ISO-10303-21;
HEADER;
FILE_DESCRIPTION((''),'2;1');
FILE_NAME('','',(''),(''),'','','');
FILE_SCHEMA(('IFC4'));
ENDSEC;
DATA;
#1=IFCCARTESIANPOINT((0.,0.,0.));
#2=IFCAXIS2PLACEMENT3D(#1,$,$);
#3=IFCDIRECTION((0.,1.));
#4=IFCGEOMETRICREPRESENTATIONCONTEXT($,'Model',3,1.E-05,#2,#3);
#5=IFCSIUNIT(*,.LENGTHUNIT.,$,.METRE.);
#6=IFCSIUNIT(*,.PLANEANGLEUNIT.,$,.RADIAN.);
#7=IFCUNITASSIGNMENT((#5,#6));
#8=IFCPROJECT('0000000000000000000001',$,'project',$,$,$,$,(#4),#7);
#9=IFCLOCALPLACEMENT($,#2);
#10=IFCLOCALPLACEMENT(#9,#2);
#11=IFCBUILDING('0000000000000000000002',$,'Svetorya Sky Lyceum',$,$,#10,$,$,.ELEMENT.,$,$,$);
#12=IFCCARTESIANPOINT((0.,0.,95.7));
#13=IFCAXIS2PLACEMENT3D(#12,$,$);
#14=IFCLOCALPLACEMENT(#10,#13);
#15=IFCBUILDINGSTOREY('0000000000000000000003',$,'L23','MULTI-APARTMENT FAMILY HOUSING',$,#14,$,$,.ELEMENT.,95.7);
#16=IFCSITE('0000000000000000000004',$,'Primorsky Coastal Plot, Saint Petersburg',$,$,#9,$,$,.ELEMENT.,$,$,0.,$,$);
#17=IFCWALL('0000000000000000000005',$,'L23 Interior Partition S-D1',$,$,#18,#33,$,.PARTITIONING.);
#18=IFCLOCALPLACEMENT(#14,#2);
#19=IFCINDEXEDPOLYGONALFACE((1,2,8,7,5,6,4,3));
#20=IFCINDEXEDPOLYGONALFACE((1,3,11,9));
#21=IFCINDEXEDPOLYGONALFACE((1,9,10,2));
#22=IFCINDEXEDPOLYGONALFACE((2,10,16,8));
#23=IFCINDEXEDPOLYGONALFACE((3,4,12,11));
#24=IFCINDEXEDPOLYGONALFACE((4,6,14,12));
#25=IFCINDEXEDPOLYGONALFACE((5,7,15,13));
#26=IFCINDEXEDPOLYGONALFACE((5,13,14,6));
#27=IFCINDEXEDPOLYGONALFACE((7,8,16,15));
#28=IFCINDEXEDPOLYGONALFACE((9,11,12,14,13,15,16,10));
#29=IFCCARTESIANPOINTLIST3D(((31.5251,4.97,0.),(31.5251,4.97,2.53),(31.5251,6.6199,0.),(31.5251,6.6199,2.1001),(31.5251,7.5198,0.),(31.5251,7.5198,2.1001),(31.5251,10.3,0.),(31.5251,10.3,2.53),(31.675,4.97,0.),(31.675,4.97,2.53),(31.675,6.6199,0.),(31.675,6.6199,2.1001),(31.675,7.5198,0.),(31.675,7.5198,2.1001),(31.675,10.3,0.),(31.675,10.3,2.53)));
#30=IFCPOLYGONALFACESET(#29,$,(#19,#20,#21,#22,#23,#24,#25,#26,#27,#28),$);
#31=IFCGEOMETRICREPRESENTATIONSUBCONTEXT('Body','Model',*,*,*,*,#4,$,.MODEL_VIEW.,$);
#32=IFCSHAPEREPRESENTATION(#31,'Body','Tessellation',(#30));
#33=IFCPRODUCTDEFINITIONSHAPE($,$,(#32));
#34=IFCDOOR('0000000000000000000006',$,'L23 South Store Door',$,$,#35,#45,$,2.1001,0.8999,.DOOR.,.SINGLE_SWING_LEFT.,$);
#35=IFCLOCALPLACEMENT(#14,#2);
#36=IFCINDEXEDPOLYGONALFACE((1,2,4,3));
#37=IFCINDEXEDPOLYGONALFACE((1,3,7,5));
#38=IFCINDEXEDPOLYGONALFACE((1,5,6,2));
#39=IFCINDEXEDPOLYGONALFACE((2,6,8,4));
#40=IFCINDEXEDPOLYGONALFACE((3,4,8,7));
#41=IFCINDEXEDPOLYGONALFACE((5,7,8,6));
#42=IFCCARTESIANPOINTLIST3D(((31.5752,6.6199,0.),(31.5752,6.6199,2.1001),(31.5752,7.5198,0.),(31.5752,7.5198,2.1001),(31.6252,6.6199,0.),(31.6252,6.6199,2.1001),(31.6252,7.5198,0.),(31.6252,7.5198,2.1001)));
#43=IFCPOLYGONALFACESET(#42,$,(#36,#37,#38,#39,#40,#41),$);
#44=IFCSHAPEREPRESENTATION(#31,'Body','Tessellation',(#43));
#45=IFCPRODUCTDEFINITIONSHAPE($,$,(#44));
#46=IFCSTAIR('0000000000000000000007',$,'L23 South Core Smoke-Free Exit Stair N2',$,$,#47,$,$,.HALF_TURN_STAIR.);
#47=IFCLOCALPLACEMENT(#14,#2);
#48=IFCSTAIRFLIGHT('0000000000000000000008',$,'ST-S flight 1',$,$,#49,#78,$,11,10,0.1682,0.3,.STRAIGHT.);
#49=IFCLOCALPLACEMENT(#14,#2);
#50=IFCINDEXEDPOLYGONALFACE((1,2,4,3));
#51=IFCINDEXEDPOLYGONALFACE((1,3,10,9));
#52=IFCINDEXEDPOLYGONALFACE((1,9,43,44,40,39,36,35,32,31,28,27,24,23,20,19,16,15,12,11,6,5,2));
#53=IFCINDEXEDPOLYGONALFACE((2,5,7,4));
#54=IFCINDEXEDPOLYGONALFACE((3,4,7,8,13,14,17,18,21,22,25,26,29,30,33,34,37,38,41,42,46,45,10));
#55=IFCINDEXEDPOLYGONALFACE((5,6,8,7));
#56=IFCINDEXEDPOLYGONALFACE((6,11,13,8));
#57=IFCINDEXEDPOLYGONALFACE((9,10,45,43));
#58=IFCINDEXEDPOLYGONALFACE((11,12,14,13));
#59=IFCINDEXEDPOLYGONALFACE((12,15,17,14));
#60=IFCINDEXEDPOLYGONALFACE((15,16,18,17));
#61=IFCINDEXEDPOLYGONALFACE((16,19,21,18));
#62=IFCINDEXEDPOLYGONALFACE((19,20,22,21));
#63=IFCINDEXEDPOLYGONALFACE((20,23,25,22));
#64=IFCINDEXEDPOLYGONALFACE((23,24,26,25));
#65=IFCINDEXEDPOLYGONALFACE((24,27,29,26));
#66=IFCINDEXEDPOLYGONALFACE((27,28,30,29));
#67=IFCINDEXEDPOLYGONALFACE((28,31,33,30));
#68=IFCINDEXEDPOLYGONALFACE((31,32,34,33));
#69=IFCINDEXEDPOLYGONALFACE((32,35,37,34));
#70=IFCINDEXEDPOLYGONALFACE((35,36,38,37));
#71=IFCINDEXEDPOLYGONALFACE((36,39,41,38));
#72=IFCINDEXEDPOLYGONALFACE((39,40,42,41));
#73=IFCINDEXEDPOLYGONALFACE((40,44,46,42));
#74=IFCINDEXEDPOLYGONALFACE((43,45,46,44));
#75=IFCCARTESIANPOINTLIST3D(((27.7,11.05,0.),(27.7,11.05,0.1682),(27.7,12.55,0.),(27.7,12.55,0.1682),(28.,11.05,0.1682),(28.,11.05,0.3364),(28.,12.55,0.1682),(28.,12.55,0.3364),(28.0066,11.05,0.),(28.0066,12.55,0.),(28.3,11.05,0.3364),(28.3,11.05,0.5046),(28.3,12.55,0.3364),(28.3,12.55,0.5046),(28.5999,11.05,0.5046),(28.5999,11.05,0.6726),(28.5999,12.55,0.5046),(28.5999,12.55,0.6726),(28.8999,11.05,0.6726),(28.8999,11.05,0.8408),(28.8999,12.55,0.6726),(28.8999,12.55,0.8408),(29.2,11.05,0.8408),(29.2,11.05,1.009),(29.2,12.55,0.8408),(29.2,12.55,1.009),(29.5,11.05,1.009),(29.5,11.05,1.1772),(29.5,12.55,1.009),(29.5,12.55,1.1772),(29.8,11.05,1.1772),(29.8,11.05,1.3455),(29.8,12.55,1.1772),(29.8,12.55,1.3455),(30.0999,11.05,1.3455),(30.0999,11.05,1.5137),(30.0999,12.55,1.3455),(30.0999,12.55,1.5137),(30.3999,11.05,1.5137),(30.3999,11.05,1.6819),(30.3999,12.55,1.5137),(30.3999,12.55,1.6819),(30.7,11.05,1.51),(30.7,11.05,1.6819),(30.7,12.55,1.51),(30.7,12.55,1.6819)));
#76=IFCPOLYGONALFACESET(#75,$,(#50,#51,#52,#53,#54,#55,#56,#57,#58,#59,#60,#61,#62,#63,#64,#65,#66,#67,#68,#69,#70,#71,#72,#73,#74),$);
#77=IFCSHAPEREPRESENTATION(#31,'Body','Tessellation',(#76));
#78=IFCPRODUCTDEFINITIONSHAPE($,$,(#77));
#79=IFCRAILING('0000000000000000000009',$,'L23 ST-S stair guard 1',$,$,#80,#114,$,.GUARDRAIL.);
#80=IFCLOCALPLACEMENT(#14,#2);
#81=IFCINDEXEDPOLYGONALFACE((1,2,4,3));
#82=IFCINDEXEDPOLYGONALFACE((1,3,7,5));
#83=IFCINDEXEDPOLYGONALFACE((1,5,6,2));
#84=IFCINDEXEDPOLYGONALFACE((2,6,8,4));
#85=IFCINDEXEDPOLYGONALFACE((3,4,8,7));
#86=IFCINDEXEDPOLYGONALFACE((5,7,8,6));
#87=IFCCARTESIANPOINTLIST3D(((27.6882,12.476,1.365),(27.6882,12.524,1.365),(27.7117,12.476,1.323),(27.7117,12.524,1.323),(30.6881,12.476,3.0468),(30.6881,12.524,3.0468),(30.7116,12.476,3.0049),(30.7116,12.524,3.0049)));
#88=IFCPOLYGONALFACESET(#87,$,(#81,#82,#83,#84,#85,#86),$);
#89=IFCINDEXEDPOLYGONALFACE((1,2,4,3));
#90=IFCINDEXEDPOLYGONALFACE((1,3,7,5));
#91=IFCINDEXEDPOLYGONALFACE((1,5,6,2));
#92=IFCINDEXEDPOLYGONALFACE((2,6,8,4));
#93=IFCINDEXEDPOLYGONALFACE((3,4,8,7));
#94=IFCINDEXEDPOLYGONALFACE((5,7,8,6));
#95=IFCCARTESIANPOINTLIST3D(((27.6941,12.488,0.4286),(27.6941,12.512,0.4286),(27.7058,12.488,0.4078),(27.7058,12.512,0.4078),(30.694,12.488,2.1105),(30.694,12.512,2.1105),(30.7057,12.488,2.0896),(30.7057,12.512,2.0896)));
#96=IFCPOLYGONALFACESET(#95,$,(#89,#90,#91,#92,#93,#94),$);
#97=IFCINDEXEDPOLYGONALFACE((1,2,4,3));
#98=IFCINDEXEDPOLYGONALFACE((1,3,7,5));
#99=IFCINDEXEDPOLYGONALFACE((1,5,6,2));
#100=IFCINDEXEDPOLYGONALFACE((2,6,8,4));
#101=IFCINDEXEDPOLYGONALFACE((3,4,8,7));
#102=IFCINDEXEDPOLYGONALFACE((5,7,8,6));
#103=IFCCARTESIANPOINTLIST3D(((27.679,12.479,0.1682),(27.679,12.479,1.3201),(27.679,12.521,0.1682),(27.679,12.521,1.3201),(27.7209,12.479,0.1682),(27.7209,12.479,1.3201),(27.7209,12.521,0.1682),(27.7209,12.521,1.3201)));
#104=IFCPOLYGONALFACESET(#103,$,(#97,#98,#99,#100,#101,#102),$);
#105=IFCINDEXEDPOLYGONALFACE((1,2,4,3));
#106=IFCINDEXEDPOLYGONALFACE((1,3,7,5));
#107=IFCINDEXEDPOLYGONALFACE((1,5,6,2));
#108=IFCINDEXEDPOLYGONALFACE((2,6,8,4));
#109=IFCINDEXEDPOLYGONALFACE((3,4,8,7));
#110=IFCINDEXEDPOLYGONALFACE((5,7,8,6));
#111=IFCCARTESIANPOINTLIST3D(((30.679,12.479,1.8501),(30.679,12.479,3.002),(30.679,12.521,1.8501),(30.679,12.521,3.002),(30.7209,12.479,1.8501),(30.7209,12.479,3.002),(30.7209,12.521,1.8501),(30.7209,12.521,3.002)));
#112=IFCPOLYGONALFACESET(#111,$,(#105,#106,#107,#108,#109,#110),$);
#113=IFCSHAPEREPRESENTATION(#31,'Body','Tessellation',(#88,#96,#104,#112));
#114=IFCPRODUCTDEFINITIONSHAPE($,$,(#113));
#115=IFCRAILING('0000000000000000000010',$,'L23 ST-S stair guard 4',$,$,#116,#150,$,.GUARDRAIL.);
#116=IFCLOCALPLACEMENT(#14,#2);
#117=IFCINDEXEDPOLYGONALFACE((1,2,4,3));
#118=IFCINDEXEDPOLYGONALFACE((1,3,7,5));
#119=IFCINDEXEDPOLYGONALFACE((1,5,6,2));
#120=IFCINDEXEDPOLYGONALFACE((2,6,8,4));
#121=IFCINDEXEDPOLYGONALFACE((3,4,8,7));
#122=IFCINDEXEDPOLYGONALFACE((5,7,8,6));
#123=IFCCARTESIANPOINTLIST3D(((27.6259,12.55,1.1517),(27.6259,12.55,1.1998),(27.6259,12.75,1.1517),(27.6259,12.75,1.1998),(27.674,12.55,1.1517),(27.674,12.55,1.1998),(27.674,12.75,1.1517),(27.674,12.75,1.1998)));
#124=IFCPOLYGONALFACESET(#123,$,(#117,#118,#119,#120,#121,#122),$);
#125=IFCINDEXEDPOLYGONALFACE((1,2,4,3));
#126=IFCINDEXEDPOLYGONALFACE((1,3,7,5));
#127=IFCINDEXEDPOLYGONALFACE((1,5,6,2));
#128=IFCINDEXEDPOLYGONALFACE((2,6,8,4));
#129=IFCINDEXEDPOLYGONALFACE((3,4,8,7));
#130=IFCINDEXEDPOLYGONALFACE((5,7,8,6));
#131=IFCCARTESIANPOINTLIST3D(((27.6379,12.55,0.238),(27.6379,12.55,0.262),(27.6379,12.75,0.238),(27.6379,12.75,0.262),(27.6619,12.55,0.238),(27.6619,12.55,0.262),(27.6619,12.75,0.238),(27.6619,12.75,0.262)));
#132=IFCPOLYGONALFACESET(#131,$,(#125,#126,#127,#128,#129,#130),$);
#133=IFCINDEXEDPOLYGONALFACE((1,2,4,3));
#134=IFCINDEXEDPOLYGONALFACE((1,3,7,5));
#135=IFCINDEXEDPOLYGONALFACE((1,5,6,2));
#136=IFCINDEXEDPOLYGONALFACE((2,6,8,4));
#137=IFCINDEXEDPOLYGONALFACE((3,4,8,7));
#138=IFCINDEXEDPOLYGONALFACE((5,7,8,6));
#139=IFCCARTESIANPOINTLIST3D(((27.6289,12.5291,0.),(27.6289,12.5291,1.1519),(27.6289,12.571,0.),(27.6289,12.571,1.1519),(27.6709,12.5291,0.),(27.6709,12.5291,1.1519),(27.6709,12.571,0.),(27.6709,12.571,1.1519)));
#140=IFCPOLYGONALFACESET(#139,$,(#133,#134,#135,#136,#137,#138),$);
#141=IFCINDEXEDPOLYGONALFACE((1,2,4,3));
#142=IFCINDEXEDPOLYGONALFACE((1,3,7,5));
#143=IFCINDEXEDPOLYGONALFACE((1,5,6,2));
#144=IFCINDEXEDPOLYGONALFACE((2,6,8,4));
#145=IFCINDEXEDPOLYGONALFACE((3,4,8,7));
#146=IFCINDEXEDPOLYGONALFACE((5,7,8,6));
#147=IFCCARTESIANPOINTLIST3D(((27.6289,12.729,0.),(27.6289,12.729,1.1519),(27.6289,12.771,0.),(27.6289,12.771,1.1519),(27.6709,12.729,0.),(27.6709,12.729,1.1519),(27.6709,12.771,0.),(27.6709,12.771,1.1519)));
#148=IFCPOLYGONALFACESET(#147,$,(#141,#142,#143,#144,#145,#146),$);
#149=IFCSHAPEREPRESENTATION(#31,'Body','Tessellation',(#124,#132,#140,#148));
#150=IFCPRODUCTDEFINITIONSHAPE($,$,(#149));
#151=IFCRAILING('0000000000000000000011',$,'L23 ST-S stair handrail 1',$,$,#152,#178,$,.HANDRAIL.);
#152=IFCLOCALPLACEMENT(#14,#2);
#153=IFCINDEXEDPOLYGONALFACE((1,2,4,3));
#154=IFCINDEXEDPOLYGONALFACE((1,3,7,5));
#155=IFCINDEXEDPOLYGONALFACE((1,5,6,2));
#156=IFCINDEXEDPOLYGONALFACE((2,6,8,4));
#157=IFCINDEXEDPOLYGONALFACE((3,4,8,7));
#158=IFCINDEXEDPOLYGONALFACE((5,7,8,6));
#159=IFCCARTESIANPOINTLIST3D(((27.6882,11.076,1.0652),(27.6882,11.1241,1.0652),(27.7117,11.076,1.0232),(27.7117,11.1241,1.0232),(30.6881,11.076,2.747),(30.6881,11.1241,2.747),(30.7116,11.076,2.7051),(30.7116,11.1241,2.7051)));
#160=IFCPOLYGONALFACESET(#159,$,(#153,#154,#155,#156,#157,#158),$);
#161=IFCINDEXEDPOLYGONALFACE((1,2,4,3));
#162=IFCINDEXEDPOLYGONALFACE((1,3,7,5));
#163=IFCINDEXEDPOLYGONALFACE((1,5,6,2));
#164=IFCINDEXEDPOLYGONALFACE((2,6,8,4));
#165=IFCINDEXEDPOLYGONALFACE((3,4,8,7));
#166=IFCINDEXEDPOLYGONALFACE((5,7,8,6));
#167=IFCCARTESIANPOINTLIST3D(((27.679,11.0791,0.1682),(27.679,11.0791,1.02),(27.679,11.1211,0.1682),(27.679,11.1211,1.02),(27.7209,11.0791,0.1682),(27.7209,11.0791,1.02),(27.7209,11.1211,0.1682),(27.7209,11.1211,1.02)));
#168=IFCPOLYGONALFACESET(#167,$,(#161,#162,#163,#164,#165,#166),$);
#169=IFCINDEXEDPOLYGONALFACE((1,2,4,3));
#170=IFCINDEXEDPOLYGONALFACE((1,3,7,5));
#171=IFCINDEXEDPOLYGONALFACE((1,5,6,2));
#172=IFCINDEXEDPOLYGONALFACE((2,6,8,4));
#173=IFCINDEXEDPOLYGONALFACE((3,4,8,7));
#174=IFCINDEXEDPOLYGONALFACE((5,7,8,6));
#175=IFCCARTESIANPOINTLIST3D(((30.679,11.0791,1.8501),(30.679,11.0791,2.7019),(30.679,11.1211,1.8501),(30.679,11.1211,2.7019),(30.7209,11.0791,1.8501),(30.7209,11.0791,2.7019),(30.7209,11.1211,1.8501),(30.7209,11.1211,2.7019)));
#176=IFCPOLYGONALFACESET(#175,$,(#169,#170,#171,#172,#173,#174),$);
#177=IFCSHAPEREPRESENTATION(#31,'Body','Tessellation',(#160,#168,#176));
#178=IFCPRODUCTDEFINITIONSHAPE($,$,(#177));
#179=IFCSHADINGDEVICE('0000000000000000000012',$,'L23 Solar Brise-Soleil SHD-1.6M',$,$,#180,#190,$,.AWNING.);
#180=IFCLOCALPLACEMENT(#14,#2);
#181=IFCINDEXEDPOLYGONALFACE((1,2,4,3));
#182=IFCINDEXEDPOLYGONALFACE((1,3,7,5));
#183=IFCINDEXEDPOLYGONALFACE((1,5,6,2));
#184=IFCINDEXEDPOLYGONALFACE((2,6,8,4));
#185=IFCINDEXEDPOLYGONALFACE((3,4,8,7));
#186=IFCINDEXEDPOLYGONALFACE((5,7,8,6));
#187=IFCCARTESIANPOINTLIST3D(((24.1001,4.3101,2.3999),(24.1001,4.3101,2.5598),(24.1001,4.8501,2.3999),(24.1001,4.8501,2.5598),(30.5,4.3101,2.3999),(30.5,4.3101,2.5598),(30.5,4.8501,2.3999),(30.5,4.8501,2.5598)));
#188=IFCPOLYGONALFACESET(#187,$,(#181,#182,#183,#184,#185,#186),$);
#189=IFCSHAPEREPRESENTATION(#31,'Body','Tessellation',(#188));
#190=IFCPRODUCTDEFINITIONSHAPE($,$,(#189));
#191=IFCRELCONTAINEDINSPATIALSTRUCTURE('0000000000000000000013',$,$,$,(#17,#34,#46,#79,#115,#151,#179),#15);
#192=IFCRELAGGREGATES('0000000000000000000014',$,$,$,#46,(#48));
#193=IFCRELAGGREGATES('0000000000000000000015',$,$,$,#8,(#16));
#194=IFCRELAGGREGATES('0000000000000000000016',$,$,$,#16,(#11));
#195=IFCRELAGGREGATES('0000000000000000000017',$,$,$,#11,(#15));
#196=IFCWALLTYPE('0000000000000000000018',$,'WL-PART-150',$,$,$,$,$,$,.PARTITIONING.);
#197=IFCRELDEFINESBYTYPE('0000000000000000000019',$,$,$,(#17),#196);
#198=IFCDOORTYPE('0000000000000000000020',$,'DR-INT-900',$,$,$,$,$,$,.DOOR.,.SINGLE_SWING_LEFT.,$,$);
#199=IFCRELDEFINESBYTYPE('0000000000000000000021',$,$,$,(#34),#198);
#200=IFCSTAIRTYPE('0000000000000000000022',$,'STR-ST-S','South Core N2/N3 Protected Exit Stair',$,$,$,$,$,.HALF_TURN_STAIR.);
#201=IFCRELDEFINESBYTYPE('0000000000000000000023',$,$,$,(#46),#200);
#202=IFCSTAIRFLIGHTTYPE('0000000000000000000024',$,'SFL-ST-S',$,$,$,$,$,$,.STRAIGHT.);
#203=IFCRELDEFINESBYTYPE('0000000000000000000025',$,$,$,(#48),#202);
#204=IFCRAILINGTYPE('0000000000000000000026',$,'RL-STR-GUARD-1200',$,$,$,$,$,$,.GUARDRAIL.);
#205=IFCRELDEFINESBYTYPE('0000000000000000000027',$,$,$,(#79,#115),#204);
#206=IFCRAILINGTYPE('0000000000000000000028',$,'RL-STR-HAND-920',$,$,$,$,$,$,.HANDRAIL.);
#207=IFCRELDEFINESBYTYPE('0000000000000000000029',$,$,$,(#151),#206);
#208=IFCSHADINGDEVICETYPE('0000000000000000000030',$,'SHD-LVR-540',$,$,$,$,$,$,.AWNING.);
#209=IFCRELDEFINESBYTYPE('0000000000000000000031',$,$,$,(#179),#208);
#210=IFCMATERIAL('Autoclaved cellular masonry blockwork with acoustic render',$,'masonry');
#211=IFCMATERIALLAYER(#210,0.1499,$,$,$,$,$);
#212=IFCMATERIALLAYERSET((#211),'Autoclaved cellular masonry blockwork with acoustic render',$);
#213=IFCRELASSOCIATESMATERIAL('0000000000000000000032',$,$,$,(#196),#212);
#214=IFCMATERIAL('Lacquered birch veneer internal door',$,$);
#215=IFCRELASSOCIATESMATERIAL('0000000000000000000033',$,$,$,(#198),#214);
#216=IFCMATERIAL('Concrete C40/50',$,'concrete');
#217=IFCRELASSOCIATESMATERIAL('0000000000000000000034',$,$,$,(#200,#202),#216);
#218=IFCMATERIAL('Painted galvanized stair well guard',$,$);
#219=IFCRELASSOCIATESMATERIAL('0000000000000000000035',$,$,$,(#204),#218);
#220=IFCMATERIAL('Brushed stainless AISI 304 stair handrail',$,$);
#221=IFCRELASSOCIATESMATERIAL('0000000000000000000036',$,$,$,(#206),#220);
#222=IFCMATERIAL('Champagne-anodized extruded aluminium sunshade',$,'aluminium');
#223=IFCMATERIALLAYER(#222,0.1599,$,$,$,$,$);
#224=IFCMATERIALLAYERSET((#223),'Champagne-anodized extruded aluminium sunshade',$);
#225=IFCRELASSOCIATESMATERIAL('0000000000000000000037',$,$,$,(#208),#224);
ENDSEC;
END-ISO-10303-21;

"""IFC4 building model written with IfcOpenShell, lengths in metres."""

from ifc_helpers import new_model, si_unit, direction, frame, frame_2d, origin, origin_2d, place, context, subcontext, project, spatial, polyline, rectangle, outline, extrude, material, layer, layer_set, type_object, element, fill, aggregate, save


model = new_model("IFC4")

# Units and contexts
model_context = context("Model", 3, precision=1e-05, world=origin(), true_north=direction((0.0, 1.0)))
body_context = subcontext(model_context, "Body", "Model", "MODEL_VIEW")
ifc_project = project(units=[si_unit("LENGTHUNIT", "METRE"), si_unit("PLANEANGLEUNIT", "RADIAN")], contexts=[model_context])

# Site, building, storey
site_placement = place(None, origin())
site = spatial("IfcSite", under=ifc_project, at=site_placement, Name="Primorsky Coastal Plot, Saint Petersburg", CompositionType="ELEMENT", RefElevation=0.0)
building_placement = place(site_placement, origin())
building = spatial("IfcBuilding", under=site, at=building_placement, Name="Svetorya Sky Lyceum", CompositionType="ELEMENT")
storey_placement = place(building_placement, frame((0.0, 0.0, 95.7)))
storey = spatial("IfcBuildingStorey", under=building, at=storey_placement, Name="L23", Description="MULTI-APARTMENT FAMILY HOUSING", CompositionType="ELEMENT", Elevation=95.7)

# Shared definitions
ifc_material_1 = material(Name="Concrete C40/50", Category="concrete")

# Wall, opening, door
ifc_material_2 = material(Name="Autoclaved cellular masonry blockwork with acoustic render", Category="masonry")
ifc_layer_1 = layer(ifc_material_2, 0.1499)
ifc_layer_set_1 = layer_set([ifc_layer_1], Name="Autoclaved cellular masonry blockwork with acoustic render")
wall_type_1 = type_object("IfcWallType", Name="WL-PART-150", PredefinedType="PARTITIONING", material=ifc_layer_set_1)
wall_1_placement = place(storey_placement, frame((31.6001, 4.97, 0.0), z_axis=(0.0, 0.0, 1.0), x_axis=(0.0, 1.0, 0.0)))
wall_1 = element("IfcWall", 1, at=wall_1_placement, inside=storey, type_object=wall_type_1, Name="L23 Interior Partition S-D1", PredefinedType="PARTITIONING", context=body_context, shape_type="SweptSolid", body=[
    extrude(rectangle(XDim=5.3301, YDim=0.1499, at=frame_2d((2.665, 0.0))), origin(), (0.0, 0.0, 1.0), 2.53),
])
opening_placement = place(wall_1_placement, frame((1.6499, 0.0, 0.0)))
opening = element("IfcOpeningElement", 2, at=opening_placement, cuts=wall_1, PredefinedType="OPENING", context=body_context, shape_type="SweptSolid", body=[
    extrude(rectangle(XDim=0.8999, YDim=2.1001, at=frame_2d((0.45, 1.05))), frame((0.0, 0.085, 0.0), z_axis=(0.0, -1.0, 0.0), x_axis=(1.0, 0.0, 0.0)), (0.0, 0.0, 1.0), 0.1699),
])
ifc_material_3 = material(Name="Lacquered birch veneer internal door")
door_type = type_object("IfcDoorType", Name="DR-INT-900", OperationType="SINGLE_SWING_LEFT", PredefinedType="DOOR", material=ifc_material_3)
door_placement = place(opening_placement, origin())
door = element("IfcDoor", 3, at=door_placement, inside=storey, type_object=door_type, Name="L23 South Store Door", OperationType="SINGLE_SWING_LEFT", OverallHeight=2.1001, OverallWidth=0.8999, PredefinedType="DOOR", context=body_context, shape_type="SweptSolid", body=[
    extrude(rectangle(XDim=0.8999, YDim=2.1001, at=frame_2d((0.45, 1.05))), frame((0.0, 0.0249, 0.0), z_axis=(0.0, -1.0, 0.0), x_axis=(1.0, 0.0, 0.0)), (0.0, 0.0, 1.0), 0.05),
])
fill(opening, door)

# Stair, stair flight
stair_type = type_object("IfcStairType", Name="STR-ST-S", Description="South Core N2/N3 Protected Exit Stair", PredefinedType="HALF_TURN_STAIR", material=ifc_material_1)
stair_placement = place(storey_placement, origin())
stair = element("IfcStair", 4, at=stair_placement, inside=storey, type_object=stair_type, Name="L23 South Core Smoke-Free Exit Stair N2", PredefinedType="HALF_TURN_STAIR")
stair_flight_type = type_object("IfcStairFlightType", Name="SFL-ST-S", PredefinedType="STRAIGHT", material=ifc_material_1)
stair_flight_placement = place(storey_placement, frame((27.7, 11.8, 0.0), z_axis=(0.0, 0.0, 1.0), x_axis=(1.0, 0.0, 0.0)))
stair_flight = element("IfcStairFlight", 5, at=stair_flight_placement, type_object=stair_flight_type, Name="ST-S flight 1", NumberOfRisers=11, NumberOfTreads=10, PredefinedType="STRAIGHT", RiserHeight=0.1682, TreadLength=0.3, context=body_context, shape_type="SweptSolid", body=[
    extrude(outline(polyline([(0.0, 0.0), (0.0, 0.1682), (0.3, 0.1682), (0.3, 0.3364), (0.6001, 0.3364), (0.6001, 0.5046), (0.8999, 0.5046), (0.8999, 0.6726), (1.2, 0.6726), (1.2, 0.8408), (1.5, 0.8408), (1.5, 1.009), (1.8, 1.009), (1.8, 1.1772), (2.1001, 1.1772), (2.1001, 1.3455), (2.3999, 1.3455), (2.3999, 1.5137), (2.7, 1.5137), (2.7, 1.6819), (3.0, 1.6819), (3.0, 1.8501), (3.0, 1.51), (0.3066, 0.0), (0.0, 0.0)])), frame((0.0, 0.75, 0.0), z_axis=(0.0, -1.0, 0.0), x_axis=(1.0, 0.0, 0.0)), (0.0, 0.0, 1.0), 1.5),
])
aggregate(stair, [stair_flight])

# Railings
ifc_material_4 = material(Name="Painted galvanized stair well guard")
railing_type_1 = type_object("IfcRailingType", Name="RL-STR-GUARD-1200", PredefinedType="GUARDRAIL", material=ifc_material_4)
railing_1_placement = place(storey_placement, frame((27.7, 12.5, 0.1682)))
element("IfcRailing", 6, at=railing_1_placement, inside=storey, type_object=railing_type_1, Name="L23 ST-S stair guard 1", PredefinedType="GUARDRAIL", context=body_context, shape_type="SweptSolid", body=[
    extrude(rectangle(XDim=0.0481, YDim=0.0481, at=origin_2d()), frame((0.0, 0.0, 1.1758), z_axis=(0.872272, 0.0, 0.48902), x_axis=(0.0, 1.0, 0.0)), (0.0, 0.0, 1.0), 3.4392),
    extrude(rectangle(XDim=0.0239, YDim=0.0239, at=origin_2d()), frame((0.0, 0.0, 0.25), z_axis=(0.872272, 0.0, 0.48902), x_axis=(0.0, 1.0, 0.0)), (0.0, 0.0, 1.0), 3.4392),
    extrude(rectangle(XDim=0.042, YDim=0.042, at=origin_2d()), origin(), (0.0, 0.0, 1.0), 1.1519),
    extrude(rectangle(XDim=0.042, YDim=0.042, at=origin_2d()), frame((3.0, 0.0, 1.6819)), (0.0, 0.0, 1.0), 1.1519),
])
railing_2_placement = place(storey_placement, frame((27.6499, 12.55, 0.0)))
element("IfcRailing", 7, at=railing_2_placement, inside=storey, type_object=railing_type_1, Name="L23 ST-S stair guard 4", PredefinedType="GUARDRAIL", context=body_context, shape_type="SweptSolid", body=[
    extrude(rectangle(XDim=0.0481, YDim=0.0481, at=origin_2d()), frame((0.0, 0.0, 1.1758), z_axis=(0.0, 1.0, 0.0), x_axis=(-1.0, 0.0, 0.0)), (0.0, 0.0, 1.0), 0.2),
    extrude(rectangle(XDim=0.0239, YDim=0.0239, at=origin_2d()), frame((0.0, 0.0, 0.25), z_axis=(0.0, 1.0, 0.0), x_axis=(-1.0, 0.0, 0.0)), (0.0, 0.0, 1.0), 0.2),
    extrude(rectangle(XDim=0.042, YDim=0.042, at=origin_2d()), origin(), (0.0, 0.0, 1.0), 1.1519),
    extrude(rectangle(XDim=0.042, YDim=0.042, at=origin_2d()), frame((0.0, 0.2, 0.0)), (0.0, 0.0, 1.0), 1.1519),
])
ifc_material_5 = material(Name="Brushed stainless AISI 304 stair handrail")
railing_type_2 = type_object("IfcRailingType", Name="RL-STR-HAND-920", PredefinedType="HANDRAIL", material=ifc_material_5)
railing_3_placement = place(storey_placement, frame((27.7, 11.1001, 0.1682)))
element("IfcRailing", 8, at=railing_3_placement, inside=storey, type_object=railing_type_2, Name="L23 ST-S stair handrail 1", PredefinedType="HANDRAIL", context=body_context, shape_type="SweptSolid", body=[
    extrude(rectangle(XDim=0.0481, YDim=0.0481, at=origin_2d()), frame((0.0, 0.0, 0.876), z_axis=(0.872272, 0.0, 0.48902), x_axis=(0.0, 1.0, 0.0)), (0.0, 0.0, 1.0), 3.4392),
    extrude(rectangle(XDim=0.042, YDim=0.042, at=origin_2d()), origin(), (0.0, 0.0, 1.0), 0.8518),
    extrude(rectangle(XDim=0.042, YDim=0.042, at=origin_2d()), frame((3.0, 0.0, 1.6819)), (0.0, 0.0, 1.0), 0.8518),
])

# Shading device
ifc_material_6 = material(Name="Champagne-anodized extruded aluminium sunshade", Category="aluminium")
ifc_layer_2 = layer(ifc_material_6, 0.1599)
ifc_layer_set_2 = layer_set([ifc_layer_2], Name="Champagne-anodized extruded aluminium sunshade")
shading_device_type = type_object("IfcShadingDeviceType", Name="SHD-LVR-540", PredefinedType="AWNING", material=ifc_layer_set_2)
shading_device_placement = place(storey_placement, frame((27.3, 4.5801, 2.3999), z_axis=(0.0, 0.0, 1.0), x_axis=(1.0, 0.0, 0.0)))
element("IfcShadingDevice", 9, at=shading_device_placement, inside=storey, type_object=shading_device_type, Name="L23 Solar Brise-Soleil SHD-1.6M", PredefinedType="AWNING", context=body_context, shape_type="SweptSolid", body=[
    extrude(rectangle(XDim=6.3999, YDim=0.54, at=origin_2d()), origin(), (0.0, 0.0, 1.0), 0.1599),
])

save(model, "model.ifc")
